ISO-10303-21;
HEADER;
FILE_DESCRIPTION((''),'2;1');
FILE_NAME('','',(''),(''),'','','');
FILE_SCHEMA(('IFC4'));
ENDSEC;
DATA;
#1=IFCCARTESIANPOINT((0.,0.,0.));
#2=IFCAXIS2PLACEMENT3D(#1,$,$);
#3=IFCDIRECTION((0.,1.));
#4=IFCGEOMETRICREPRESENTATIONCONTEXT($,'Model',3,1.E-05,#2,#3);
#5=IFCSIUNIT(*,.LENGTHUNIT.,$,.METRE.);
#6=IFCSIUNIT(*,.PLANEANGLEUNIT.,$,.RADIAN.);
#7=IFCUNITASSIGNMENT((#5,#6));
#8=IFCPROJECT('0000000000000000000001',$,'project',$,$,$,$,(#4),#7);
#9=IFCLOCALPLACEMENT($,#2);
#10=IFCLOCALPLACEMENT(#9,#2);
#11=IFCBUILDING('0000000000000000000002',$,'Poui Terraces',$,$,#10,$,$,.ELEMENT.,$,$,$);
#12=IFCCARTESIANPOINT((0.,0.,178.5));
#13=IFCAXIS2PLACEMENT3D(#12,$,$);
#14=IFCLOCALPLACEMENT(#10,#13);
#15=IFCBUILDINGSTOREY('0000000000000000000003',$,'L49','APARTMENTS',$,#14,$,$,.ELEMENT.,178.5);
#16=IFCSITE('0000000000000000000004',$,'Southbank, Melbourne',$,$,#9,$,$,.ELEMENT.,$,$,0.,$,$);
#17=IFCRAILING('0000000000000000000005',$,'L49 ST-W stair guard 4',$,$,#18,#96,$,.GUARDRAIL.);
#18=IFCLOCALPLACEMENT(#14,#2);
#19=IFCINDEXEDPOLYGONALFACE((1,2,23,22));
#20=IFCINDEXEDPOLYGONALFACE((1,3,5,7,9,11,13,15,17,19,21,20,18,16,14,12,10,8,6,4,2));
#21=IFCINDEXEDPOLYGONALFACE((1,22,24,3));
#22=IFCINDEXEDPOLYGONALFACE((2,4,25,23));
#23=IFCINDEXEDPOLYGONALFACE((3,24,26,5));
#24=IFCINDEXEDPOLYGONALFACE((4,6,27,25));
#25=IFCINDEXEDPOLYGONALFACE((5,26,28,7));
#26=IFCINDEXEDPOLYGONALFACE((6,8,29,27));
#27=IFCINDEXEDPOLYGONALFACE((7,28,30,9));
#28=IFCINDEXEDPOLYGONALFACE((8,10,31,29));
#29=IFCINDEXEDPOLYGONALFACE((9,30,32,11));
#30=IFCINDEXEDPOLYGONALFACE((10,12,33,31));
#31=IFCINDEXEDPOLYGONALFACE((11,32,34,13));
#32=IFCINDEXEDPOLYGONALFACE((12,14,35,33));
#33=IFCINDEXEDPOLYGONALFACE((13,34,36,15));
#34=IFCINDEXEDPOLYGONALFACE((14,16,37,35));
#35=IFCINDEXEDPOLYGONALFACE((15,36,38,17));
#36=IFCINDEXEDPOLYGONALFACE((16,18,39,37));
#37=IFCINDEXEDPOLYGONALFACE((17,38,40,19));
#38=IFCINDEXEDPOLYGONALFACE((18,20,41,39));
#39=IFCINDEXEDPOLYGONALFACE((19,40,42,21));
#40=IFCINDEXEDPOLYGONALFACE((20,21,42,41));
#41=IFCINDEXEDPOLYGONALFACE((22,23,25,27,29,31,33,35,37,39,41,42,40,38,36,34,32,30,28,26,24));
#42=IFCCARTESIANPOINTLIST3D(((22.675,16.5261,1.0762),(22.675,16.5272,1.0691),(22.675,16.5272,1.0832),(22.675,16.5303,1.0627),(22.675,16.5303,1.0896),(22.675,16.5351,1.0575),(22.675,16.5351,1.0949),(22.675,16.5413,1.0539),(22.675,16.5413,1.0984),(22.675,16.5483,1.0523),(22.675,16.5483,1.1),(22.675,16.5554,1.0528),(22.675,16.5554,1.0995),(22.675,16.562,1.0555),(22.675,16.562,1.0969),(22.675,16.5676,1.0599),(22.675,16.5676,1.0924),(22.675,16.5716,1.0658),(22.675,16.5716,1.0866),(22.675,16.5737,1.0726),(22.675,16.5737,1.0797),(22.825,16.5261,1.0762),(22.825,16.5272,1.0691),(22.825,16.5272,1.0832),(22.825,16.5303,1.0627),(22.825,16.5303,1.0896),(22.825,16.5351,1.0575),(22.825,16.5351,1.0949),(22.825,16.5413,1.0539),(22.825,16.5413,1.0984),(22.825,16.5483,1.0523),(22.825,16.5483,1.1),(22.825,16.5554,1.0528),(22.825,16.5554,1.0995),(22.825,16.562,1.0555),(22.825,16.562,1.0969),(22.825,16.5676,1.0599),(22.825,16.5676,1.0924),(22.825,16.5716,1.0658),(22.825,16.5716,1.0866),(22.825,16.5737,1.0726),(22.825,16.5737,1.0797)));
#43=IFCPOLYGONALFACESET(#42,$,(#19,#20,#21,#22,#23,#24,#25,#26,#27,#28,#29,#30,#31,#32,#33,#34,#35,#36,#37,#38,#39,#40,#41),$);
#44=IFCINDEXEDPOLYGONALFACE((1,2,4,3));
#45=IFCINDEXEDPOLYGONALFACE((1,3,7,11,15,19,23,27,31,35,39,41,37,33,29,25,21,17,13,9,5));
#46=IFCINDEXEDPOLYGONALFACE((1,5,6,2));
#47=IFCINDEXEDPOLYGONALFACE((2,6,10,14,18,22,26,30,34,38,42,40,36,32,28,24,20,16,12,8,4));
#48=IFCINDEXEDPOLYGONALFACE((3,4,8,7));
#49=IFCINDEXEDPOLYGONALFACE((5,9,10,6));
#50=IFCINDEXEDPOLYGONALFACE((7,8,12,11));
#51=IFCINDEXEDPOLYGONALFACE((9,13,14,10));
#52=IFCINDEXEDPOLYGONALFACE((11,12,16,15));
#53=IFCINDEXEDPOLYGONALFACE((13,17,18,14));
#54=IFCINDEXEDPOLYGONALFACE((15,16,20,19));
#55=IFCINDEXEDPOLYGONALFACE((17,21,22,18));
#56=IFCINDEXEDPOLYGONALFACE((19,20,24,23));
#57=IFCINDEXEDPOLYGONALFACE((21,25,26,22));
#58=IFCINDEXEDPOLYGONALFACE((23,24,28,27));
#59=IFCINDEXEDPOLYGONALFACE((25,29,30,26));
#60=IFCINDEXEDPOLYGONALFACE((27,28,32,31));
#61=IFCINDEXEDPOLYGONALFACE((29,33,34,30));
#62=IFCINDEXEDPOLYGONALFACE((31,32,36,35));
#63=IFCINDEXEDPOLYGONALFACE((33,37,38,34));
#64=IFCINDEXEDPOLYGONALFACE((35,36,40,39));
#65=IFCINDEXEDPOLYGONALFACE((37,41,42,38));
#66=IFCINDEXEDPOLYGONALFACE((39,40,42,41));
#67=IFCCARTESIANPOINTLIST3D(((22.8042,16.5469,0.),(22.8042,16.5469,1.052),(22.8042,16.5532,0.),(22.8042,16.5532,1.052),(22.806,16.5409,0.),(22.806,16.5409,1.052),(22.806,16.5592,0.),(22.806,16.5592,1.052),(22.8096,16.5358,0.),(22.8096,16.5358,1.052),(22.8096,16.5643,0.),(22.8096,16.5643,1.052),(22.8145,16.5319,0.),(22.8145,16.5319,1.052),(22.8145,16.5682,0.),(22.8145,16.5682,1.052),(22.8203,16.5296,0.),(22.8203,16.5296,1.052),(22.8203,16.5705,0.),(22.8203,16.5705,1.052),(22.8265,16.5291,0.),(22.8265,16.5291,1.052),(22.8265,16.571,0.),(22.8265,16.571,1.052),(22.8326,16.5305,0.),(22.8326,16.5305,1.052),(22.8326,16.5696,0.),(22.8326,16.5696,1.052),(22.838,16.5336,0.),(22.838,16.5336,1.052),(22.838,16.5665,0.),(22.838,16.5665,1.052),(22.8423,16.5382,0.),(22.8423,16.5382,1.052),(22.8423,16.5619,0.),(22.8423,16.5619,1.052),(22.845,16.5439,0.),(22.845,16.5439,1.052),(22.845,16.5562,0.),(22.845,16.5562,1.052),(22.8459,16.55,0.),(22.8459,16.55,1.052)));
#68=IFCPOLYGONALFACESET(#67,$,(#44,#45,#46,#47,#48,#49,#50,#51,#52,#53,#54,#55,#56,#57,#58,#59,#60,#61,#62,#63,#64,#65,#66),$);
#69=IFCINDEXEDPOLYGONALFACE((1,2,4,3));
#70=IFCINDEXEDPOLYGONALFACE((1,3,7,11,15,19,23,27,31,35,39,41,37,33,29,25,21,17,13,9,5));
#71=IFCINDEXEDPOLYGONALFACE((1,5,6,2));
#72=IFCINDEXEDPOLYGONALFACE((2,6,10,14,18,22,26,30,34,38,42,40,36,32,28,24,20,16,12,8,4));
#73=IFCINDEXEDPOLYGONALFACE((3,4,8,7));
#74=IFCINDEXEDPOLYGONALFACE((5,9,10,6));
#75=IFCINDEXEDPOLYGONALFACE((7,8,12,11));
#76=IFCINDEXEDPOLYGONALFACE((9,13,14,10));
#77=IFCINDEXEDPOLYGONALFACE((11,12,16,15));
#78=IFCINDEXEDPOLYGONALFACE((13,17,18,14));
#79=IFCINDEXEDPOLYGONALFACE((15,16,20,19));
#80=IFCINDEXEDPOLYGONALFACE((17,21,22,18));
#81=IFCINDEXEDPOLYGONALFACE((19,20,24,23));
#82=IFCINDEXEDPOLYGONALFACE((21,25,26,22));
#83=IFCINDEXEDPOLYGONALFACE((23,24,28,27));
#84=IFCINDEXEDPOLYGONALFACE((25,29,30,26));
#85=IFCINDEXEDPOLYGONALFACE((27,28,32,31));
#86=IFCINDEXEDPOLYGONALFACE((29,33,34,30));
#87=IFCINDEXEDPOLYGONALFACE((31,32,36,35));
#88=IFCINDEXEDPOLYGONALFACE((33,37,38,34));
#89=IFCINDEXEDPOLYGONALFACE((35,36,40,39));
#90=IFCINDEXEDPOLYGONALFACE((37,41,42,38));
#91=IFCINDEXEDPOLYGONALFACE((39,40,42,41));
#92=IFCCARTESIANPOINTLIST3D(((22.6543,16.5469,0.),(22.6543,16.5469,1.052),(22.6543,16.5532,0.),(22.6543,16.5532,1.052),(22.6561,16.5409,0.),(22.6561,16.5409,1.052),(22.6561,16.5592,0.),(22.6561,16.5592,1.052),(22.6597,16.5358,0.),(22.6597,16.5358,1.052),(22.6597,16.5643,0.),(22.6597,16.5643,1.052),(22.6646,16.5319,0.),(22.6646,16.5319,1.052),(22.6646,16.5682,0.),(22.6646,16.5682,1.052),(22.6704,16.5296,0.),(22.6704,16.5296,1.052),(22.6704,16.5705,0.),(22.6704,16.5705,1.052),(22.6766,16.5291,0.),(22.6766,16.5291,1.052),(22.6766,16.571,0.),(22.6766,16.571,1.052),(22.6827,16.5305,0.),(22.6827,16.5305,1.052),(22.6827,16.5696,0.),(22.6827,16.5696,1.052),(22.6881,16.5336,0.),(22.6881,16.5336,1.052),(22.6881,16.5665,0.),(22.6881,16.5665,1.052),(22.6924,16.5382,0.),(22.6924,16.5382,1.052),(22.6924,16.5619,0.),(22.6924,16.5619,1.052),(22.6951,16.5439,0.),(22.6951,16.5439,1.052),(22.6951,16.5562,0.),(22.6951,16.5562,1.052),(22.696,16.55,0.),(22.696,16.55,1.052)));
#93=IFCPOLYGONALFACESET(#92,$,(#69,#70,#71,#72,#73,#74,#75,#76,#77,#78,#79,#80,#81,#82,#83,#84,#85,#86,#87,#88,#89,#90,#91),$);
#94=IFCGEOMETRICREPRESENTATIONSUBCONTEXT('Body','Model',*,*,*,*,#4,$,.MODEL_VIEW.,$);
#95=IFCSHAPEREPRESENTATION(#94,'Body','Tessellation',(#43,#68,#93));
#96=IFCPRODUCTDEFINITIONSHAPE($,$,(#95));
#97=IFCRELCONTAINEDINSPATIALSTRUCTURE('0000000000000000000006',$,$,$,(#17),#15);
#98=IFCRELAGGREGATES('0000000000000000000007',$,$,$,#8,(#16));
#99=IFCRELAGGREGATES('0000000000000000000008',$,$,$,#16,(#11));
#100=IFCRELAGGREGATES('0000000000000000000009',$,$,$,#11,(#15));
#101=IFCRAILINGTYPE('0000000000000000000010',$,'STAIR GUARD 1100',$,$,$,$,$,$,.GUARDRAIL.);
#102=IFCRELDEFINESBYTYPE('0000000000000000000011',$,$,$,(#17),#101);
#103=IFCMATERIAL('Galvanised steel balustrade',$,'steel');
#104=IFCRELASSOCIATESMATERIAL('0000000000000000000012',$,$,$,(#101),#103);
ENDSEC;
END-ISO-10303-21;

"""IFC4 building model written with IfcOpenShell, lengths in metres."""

from ifc_helpers import new_model, si_unit, direction, frame, origin, origin_2d, place, context, subcontext, project, spatial, circle, extrude, material, type_object, element, save


model = new_model("IFC4")

# Units and contexts
model_context = context("Model", 3, precision=1e-05, world=origin(), true_north=direction((0.0, 1.0)))
body_context = subcontext(model_context, "Body", "Model", "MODEL_VIEW")
ifc_project = project(units=[si_unit("LENGTHUNIT", "METRE"), si_unit("PLANEANGLEUNIT", "RADIAN")], contexts=[model_context])

# Site, building, storey
site_placement = place(None, origin())
site = spatial("IfcSite", under=ifc_project, at=site_placement, Name="Southbank, Melbourne", CompositionType="ELEMENT", RefElevation=0.0)
building_placement = place(site_placement, origin())
building = spatial("IfcBuilding", under=site, at=building_placement, Name="Poui Terraces", CompositionType="ELEMENT")
storey_placement = place(building_placement, frame((0.0, 0.0, 178.5)))
storey = spatial("IfcBuildingStorey", under=building, at=storey_placement, Name="L49", Description="APARTMENTS", CompositionType="ELEMENT", Elevation=178.5)

# Railing
ifc_material_1 = material(Name="Galvanised steel balustrade", Category="steel")
railing_type_1 = type_object("IfcRailingType", Name="STAIR GUARD 1100", PredefinedType="GUARDRAIL", material=ifc_material_1)
railing_1_placement = place(storey_placement, frame((22.825, 16.55, 0.0)))
element("IfcRailing", 1, at=railing_1_placement, inside=storey, type_object=railing_type_1, Name="L49 ST-W stair guard 4", PredefinedType="GUARDRAIL", context=body_context, shape_type="SweptSolid", body=[
    extrude(circle(Radius=0.0239, at=origin_2d()), frame((0.0, 0.0, 1.0762), z_axis=(-1.0, 0.0, 0.0), x_axis=(0.0, -1.0, 0.0)), (0.0, 0.0, 1.0), 0.1499),
    extrude(circle(Radius=0.021, at=origin_2d()), origin(), (0.0, 0.0, 1.0), 1.052),
    extrude(circle(Radius=0.021, at=origin_2d()), frame((-0.1499, 0.0, 0.0)), (0.0, 0.0, 1.0), 1.052),
])

save(model, "model.ifc")
